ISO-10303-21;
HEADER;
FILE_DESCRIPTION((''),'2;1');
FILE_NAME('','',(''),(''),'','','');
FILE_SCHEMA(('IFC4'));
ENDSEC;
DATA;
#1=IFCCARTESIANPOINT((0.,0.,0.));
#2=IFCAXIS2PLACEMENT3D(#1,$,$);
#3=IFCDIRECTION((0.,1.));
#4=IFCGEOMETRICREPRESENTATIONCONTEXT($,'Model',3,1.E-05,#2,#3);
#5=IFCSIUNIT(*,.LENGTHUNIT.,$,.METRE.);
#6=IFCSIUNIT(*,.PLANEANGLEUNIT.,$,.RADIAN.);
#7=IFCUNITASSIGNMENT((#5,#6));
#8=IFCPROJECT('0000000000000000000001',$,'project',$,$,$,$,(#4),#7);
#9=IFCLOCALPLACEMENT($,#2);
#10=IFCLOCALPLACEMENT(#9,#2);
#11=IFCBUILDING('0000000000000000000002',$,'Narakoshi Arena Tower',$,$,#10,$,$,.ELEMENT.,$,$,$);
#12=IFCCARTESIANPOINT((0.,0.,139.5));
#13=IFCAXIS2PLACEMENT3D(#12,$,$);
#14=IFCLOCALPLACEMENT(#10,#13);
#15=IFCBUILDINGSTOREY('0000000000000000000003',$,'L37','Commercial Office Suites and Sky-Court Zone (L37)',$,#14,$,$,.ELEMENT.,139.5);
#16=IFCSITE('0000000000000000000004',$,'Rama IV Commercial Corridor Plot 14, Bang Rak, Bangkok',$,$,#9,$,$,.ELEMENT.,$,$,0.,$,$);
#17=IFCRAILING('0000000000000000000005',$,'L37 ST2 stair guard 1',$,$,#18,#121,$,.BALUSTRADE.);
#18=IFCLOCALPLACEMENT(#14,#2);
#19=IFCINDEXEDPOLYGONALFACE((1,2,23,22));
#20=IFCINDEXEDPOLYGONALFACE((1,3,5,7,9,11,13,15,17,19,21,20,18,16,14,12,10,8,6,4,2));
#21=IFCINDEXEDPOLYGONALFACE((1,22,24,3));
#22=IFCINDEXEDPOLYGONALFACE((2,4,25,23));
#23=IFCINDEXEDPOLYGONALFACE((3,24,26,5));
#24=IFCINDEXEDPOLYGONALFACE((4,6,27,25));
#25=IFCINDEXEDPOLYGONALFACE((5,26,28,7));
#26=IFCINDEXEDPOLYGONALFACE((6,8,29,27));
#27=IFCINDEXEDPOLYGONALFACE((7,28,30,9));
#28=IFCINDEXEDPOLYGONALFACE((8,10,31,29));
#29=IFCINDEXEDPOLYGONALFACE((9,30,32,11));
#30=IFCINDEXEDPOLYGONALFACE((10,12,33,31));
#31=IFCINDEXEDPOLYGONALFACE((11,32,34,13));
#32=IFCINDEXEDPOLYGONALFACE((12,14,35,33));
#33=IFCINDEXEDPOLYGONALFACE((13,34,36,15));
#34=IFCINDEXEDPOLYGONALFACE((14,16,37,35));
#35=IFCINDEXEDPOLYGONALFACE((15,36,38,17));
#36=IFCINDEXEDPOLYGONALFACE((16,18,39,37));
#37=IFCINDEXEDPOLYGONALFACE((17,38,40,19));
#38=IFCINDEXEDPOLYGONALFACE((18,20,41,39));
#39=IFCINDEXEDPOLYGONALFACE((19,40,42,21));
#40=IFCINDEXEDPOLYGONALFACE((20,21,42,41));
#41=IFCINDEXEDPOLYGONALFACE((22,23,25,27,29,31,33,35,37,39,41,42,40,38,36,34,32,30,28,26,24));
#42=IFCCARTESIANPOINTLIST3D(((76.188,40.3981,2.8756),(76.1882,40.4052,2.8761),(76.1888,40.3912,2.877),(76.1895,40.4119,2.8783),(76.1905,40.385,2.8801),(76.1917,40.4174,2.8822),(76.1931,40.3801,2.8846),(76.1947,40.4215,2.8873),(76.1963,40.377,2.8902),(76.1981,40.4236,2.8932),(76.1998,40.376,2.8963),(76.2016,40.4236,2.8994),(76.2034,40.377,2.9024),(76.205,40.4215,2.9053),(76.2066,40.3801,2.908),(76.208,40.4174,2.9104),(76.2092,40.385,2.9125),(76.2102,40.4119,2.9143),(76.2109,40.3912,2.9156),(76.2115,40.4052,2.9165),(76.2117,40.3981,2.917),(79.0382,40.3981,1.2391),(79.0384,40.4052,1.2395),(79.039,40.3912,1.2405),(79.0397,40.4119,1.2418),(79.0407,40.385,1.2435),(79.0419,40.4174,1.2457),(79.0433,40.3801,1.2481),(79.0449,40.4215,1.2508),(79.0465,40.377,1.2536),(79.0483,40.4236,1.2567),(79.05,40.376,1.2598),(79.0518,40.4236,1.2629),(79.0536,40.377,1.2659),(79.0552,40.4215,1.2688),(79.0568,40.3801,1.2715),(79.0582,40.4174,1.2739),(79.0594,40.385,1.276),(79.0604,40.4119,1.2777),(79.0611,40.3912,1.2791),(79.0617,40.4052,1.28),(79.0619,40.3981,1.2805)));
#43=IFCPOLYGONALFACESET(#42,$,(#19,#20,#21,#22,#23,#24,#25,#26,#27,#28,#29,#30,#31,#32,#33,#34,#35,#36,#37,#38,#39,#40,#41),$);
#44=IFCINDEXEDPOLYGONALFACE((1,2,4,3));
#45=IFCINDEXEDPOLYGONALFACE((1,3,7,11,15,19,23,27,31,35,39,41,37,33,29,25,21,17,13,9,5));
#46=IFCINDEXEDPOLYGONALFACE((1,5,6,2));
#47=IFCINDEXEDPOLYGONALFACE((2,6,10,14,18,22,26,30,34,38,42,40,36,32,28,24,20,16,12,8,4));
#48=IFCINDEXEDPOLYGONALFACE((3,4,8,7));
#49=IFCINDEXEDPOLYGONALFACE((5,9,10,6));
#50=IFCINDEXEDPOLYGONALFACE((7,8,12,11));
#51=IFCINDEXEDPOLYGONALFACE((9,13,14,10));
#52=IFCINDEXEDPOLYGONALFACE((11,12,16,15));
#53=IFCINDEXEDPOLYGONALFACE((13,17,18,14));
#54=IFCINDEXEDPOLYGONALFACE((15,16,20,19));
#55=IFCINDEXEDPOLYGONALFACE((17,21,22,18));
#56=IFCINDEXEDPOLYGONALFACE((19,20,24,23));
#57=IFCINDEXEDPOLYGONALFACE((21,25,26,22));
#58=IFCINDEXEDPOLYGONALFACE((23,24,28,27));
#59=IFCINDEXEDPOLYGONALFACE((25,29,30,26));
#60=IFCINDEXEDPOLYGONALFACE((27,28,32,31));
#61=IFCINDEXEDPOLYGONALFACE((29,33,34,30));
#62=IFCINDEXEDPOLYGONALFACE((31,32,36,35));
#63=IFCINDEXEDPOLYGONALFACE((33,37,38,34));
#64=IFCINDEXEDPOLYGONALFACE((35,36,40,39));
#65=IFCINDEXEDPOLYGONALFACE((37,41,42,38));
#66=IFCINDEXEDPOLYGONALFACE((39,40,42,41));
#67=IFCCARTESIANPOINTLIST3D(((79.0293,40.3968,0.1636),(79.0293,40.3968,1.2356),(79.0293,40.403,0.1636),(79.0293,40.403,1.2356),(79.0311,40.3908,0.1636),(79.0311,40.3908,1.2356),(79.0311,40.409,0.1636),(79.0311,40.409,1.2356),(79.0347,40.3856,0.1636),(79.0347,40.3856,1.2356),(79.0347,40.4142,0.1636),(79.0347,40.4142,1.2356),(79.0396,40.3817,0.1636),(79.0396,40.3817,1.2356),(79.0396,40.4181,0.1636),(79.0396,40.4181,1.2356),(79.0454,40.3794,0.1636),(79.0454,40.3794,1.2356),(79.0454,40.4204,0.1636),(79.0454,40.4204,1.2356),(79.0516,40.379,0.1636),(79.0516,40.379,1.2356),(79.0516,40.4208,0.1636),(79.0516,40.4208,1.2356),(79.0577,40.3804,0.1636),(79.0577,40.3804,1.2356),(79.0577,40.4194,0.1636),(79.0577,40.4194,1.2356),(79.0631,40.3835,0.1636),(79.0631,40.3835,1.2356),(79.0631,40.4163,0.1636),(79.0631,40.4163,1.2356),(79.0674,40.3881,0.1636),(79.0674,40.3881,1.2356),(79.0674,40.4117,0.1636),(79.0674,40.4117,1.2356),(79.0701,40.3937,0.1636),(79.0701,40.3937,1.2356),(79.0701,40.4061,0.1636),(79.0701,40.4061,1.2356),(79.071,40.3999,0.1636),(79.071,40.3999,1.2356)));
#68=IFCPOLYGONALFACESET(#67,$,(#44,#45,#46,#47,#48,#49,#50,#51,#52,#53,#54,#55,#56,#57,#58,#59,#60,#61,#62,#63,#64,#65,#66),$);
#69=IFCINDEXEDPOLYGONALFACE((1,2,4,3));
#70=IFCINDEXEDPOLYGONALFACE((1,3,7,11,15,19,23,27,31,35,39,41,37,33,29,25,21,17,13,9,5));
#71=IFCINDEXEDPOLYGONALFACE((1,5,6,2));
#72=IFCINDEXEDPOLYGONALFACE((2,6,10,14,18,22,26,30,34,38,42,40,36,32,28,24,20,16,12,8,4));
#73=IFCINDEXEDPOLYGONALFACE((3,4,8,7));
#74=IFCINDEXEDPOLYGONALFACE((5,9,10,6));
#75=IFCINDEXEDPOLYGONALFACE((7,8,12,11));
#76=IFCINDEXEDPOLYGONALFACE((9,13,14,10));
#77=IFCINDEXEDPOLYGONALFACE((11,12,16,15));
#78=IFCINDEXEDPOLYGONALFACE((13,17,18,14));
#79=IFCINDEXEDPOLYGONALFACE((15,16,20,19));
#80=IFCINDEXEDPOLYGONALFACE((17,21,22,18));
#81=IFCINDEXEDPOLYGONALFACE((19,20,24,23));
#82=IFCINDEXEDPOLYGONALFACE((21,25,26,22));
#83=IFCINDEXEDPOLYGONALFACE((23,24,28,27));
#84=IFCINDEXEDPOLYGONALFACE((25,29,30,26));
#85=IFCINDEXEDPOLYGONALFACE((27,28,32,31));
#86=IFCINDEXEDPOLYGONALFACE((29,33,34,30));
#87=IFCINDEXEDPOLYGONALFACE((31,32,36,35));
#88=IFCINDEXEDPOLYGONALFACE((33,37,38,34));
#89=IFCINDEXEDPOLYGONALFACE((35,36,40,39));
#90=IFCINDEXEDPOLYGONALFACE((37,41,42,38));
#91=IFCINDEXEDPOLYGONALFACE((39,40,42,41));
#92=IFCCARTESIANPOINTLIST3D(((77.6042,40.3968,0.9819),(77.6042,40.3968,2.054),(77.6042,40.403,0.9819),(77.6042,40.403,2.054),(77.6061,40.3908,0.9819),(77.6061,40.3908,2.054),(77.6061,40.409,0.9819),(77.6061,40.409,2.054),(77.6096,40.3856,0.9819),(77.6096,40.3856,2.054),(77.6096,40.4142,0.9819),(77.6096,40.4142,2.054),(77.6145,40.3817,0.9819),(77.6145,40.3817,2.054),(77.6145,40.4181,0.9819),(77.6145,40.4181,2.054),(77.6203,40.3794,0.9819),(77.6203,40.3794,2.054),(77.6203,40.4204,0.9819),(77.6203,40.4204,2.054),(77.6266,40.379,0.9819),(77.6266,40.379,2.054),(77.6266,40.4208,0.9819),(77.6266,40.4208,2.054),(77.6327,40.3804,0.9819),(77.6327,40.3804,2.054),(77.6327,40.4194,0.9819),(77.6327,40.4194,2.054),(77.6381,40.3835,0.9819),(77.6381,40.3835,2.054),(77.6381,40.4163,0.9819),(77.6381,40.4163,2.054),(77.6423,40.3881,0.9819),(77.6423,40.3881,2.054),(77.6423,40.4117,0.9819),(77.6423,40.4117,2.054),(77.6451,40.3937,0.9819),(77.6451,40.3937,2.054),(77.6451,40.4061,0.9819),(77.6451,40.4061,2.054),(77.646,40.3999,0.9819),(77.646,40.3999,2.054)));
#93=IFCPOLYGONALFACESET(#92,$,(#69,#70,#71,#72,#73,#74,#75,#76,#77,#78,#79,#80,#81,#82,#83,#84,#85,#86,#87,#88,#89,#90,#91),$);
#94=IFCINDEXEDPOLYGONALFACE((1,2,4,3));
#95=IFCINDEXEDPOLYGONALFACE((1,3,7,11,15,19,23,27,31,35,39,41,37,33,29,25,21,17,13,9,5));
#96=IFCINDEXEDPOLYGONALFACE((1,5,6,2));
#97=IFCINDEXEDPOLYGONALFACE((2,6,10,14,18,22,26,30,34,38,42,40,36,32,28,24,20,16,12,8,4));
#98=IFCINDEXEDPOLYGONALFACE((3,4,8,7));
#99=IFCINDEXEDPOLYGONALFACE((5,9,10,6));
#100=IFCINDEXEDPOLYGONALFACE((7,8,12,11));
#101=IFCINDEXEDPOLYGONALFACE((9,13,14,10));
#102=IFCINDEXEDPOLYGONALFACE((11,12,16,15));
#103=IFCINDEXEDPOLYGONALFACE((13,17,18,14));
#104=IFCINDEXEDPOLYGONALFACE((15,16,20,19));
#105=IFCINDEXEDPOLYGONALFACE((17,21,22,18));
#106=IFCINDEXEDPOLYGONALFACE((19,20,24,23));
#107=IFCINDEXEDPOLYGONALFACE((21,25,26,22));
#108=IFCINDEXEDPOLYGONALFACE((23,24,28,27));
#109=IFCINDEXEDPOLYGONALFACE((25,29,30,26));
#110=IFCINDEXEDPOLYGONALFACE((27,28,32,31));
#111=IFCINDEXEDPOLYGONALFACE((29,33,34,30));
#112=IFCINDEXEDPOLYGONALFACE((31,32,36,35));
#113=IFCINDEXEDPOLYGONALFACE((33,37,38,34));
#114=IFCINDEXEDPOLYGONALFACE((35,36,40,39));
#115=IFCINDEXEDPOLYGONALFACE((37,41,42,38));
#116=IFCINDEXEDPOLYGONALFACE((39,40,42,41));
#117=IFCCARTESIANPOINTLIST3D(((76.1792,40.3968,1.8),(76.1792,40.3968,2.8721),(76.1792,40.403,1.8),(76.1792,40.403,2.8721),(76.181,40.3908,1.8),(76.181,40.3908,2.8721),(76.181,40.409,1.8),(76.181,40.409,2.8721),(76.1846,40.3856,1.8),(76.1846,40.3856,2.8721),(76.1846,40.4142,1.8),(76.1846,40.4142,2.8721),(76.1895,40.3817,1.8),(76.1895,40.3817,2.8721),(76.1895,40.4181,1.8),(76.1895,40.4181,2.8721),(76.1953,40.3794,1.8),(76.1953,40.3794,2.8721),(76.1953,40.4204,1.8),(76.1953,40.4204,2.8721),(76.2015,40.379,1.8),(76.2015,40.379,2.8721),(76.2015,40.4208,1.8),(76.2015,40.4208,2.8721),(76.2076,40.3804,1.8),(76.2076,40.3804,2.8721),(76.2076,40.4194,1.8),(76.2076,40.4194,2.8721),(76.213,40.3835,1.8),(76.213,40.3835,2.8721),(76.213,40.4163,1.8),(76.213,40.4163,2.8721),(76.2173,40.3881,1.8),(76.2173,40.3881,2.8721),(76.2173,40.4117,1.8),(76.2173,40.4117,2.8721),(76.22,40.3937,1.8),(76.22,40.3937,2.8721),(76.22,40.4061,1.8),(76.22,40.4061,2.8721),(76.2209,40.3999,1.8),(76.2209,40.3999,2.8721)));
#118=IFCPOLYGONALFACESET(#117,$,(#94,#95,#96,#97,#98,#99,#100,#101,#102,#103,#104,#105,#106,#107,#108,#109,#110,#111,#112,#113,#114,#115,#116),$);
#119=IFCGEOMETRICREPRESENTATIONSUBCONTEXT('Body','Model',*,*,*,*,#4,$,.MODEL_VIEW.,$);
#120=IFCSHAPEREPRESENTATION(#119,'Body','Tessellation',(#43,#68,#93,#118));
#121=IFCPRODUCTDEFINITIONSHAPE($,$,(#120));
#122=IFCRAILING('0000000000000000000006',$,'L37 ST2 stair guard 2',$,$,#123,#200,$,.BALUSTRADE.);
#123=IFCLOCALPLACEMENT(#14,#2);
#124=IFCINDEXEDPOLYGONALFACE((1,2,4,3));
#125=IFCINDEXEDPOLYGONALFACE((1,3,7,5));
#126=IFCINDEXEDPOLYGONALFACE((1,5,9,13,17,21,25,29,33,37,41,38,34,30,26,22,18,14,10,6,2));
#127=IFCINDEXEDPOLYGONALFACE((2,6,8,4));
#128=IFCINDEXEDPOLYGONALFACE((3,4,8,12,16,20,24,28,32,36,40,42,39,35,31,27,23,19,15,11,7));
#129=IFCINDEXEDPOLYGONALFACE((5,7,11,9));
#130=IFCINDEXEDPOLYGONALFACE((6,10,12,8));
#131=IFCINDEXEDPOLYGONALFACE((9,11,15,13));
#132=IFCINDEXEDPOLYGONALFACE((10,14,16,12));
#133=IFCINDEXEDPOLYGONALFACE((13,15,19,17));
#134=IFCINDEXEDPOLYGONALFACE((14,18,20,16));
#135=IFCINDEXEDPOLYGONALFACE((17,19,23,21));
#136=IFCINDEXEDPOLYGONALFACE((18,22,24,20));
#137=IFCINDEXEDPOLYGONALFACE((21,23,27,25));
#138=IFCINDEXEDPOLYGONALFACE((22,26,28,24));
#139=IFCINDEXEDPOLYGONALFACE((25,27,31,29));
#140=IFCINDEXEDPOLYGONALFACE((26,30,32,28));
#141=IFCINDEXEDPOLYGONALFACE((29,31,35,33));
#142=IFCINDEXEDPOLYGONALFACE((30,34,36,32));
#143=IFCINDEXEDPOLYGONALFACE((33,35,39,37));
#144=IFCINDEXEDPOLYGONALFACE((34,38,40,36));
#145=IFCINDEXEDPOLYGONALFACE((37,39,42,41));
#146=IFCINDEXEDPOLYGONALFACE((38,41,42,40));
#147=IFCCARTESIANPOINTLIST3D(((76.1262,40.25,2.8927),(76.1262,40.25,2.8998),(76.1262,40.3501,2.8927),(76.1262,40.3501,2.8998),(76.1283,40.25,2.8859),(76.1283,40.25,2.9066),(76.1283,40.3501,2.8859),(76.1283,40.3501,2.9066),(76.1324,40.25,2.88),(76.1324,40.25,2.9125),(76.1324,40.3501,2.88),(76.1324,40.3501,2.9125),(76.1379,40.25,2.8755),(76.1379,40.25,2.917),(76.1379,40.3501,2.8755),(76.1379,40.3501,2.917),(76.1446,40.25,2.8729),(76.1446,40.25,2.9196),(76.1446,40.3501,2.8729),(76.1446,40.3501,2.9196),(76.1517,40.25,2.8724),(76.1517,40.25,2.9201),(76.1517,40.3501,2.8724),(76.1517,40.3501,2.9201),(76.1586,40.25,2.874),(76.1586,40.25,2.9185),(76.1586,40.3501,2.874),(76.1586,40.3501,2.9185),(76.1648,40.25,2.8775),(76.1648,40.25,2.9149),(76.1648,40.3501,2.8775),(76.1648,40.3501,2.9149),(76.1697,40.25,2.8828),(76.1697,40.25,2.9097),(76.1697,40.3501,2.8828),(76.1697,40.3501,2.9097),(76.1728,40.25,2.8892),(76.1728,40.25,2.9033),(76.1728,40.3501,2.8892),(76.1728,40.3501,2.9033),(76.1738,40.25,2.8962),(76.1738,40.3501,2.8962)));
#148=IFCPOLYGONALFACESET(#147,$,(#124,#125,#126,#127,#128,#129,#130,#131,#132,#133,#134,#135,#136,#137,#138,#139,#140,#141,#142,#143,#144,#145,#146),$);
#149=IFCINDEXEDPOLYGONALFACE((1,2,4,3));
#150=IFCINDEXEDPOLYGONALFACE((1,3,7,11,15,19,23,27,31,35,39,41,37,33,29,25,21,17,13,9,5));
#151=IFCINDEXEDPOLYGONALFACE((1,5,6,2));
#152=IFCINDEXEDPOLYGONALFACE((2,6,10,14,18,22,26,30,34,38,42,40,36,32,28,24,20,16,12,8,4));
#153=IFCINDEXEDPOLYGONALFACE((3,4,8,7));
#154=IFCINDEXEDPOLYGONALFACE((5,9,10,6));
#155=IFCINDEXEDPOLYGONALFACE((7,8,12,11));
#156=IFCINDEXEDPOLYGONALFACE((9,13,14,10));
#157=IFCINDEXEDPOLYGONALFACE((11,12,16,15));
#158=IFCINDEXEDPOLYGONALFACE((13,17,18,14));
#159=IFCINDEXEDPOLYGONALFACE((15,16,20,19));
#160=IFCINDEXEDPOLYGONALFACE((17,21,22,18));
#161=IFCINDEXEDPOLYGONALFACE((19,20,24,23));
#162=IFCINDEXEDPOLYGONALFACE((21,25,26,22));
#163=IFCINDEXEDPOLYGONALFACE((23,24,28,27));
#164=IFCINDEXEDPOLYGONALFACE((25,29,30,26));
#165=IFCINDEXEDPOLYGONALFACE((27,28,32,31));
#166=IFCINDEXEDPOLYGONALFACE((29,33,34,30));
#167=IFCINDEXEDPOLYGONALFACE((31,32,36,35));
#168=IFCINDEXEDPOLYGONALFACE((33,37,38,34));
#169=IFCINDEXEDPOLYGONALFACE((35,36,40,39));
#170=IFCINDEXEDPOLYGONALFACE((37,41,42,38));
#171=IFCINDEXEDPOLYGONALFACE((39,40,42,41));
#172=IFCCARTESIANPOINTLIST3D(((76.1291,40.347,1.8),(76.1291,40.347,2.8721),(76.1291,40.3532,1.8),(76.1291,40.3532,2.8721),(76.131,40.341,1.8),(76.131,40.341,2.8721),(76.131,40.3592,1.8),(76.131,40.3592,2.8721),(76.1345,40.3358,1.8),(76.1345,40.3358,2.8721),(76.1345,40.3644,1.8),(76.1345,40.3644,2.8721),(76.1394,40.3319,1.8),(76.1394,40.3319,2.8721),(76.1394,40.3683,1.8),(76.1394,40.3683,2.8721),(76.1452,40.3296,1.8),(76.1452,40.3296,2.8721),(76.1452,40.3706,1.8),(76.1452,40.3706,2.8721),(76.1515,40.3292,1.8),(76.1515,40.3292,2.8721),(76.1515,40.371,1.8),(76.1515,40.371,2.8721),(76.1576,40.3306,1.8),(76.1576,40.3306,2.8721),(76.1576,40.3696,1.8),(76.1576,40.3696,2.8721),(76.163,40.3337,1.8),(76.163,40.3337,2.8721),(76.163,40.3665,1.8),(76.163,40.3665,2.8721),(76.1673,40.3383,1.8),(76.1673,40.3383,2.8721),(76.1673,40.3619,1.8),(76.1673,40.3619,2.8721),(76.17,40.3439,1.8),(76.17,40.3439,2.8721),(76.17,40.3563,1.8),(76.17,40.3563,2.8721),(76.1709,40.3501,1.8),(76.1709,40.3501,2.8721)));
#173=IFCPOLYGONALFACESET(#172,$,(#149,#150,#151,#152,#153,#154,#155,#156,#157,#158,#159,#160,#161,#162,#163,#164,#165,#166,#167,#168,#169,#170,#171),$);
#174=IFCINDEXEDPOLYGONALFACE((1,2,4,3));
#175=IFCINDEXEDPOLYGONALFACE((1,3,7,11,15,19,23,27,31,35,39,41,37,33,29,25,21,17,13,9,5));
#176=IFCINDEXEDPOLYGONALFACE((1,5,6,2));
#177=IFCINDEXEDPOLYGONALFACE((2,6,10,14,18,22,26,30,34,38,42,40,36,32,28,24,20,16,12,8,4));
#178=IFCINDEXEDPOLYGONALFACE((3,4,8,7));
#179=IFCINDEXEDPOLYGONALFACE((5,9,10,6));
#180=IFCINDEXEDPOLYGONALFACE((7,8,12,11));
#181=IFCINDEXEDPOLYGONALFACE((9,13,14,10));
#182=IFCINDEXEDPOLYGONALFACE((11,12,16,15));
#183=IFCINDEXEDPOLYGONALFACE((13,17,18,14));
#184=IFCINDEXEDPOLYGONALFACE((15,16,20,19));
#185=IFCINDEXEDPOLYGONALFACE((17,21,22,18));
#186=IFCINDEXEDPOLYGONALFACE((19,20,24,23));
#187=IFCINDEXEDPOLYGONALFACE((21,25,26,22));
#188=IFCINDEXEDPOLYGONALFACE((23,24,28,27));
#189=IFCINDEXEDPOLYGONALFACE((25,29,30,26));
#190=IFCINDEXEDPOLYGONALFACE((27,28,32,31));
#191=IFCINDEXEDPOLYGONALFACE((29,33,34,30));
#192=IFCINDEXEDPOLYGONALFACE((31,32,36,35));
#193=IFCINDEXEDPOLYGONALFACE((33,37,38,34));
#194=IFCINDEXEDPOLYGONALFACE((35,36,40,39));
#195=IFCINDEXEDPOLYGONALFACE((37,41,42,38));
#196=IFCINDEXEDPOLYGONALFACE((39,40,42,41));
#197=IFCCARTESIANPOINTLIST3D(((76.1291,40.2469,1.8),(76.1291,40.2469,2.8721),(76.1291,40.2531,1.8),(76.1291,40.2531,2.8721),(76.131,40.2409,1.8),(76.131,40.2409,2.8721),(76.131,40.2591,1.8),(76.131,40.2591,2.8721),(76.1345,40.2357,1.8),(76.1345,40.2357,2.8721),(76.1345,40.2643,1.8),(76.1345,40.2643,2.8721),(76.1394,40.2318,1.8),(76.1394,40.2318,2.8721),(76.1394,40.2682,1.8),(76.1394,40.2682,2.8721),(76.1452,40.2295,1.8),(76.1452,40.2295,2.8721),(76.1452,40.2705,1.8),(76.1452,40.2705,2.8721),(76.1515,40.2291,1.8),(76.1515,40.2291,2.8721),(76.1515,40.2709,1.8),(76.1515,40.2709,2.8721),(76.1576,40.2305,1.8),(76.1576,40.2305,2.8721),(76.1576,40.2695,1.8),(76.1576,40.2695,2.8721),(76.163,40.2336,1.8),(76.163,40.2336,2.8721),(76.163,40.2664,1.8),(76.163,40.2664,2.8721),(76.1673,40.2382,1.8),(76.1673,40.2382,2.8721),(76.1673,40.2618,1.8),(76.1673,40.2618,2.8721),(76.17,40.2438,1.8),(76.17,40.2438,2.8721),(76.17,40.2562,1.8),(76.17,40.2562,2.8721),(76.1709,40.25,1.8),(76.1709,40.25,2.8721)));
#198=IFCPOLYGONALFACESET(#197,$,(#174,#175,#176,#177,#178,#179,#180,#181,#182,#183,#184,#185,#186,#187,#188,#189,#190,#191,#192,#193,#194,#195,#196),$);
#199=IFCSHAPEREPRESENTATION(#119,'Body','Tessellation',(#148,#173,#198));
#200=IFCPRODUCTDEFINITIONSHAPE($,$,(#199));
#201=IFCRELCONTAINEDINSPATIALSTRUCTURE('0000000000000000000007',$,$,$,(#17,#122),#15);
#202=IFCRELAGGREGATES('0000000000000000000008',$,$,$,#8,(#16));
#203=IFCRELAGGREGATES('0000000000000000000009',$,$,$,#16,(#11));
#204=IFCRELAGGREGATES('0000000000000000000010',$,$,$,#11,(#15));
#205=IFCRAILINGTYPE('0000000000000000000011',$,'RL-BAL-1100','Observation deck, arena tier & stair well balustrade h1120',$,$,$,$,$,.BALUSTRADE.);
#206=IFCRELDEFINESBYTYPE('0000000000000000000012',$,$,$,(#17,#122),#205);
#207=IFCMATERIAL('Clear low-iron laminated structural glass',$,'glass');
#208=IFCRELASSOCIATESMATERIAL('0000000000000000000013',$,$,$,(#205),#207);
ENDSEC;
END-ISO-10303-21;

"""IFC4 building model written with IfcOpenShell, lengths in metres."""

from ifc_helpers import new_model, si_unit, direction, frame, origin, origin_2d, place, context, subcontext, project, spatial, circle, extrude, material, type_object, element, save


model = new_model("IFC4")

# Units and contexts
model_context = context("Model", 3, precision=1e-05, world=origin(), true_north=direction((0.0, 1.0)))
body_context = subcontext(model_context, "Body", "Model", "MODEL_VIEW")
ifc_project = project(units=[si_unit("LENGTHUNIT", "METRE"), si_unit("PLANEANGLEUNIT", "RADIAN")], contexts=[model_context])

# Site, building, storey
site_placement = place(None, origin())
site = spatial("IfcSite", under=ifc_project, at=site_placement, Name="Rama IV Commercial Corridor Plot 14, Bang Rak, Bangkok", CompositionType="ELEMENT", RefElevation=0.0)
building_placement = place(site_placement, origin())
building = spatial("IfcBuilding", under=site, at=building_placement, Name="Narakoshi Arena Tower", CompositionType="ELEMENT")
storey_placement = place(building_placement, frame((0.0, 0.0, 139.5)))
storey = spatial("IfcBuildingStorey", under=building, at=storey_placement, Name="L37", Description="Commercial Office Suites and Sky-Court Zone (L37)", CompositionType="ELEMENT", Elevation=139.5)

# Railings
ifc_material_1 = material(Name="Clear low-iron laminated structural glass", Category="glass")
railing_type_1 = type_object("IfcRailingType", Name="RL-BAL-1100", Description="Observation deck, arena tier & stair well balustrade h1120", PredefinedType="BALUSTRADE", material=ifc_material_1)
railing_1_placement = place(storey_placement, frame((79.05, 40.3999, 0.1636)))
element("IfcRailing", 1, at=railing_1_placement, inside=storey, type_object=railing_type_1, Name="L37 ST2 stair guard 1", PredefinedType="BALUSTRADE", context=body_context, shape_type="SweptSolid", body=[
    extrude(circle(Radius=0.0239, at=origin_2d()), frame((0.0, 0.0, 1.0962), z_axis=(-0.867213, 0.0, 0.497938), x_axis=(0.0, -1.0, 0.0)), (0.0, 0.0, 1.0), 3.2866),
    extrude(circle(Radius=0.021, at=origin_2d()), origin(), (0.0, 0.0, 1.0), 1.072),
    extrude(circle(Radius=0.021, at=origin_2d()), frame((-1.425, 0.0, 0.8184)), (0.0, 0.0, 1.0), 1.072),
    extrude(circle(Radius=0.021, at=origin_2d()), frame((-2.8501, 0.0, 1.6365)), (0.0, 0.0, 1.0), 1.072),
])
railing_2_placement = place(storey_placement, frame((76.1499, 40.3501, 1.8)))
element("IfcRailing", 2, at=railing_2_placement, inside=storey, type_object=railing_type_1, Name="L37 ST2 stair guard 2", PredefinedType="BALUSTRADE", context=body_context, shape_type="SweptSolid", body=[
    extrude(circle(Radius=0.0239, at=origin_2d()), frame((0.0, 0.0, 1.0962), z_axis=(0.0, -1.0, 0.0), x_axis=(1.0, 0.0, 0.0)), (0.0, 0.0, 1.0), 0.1001),
    extrude(circle(Radius=0.021, at=origin_2d()), origin(), (0.0, 0.0, 1.0), 1.072),
    extrude(circle(Radius=0.021, at=origin_2d()), frame((0.0, -0.1001, 0.0)), (0.0, 0.0, 1.0), 1.072),
])

save(model, "model.ifc")
